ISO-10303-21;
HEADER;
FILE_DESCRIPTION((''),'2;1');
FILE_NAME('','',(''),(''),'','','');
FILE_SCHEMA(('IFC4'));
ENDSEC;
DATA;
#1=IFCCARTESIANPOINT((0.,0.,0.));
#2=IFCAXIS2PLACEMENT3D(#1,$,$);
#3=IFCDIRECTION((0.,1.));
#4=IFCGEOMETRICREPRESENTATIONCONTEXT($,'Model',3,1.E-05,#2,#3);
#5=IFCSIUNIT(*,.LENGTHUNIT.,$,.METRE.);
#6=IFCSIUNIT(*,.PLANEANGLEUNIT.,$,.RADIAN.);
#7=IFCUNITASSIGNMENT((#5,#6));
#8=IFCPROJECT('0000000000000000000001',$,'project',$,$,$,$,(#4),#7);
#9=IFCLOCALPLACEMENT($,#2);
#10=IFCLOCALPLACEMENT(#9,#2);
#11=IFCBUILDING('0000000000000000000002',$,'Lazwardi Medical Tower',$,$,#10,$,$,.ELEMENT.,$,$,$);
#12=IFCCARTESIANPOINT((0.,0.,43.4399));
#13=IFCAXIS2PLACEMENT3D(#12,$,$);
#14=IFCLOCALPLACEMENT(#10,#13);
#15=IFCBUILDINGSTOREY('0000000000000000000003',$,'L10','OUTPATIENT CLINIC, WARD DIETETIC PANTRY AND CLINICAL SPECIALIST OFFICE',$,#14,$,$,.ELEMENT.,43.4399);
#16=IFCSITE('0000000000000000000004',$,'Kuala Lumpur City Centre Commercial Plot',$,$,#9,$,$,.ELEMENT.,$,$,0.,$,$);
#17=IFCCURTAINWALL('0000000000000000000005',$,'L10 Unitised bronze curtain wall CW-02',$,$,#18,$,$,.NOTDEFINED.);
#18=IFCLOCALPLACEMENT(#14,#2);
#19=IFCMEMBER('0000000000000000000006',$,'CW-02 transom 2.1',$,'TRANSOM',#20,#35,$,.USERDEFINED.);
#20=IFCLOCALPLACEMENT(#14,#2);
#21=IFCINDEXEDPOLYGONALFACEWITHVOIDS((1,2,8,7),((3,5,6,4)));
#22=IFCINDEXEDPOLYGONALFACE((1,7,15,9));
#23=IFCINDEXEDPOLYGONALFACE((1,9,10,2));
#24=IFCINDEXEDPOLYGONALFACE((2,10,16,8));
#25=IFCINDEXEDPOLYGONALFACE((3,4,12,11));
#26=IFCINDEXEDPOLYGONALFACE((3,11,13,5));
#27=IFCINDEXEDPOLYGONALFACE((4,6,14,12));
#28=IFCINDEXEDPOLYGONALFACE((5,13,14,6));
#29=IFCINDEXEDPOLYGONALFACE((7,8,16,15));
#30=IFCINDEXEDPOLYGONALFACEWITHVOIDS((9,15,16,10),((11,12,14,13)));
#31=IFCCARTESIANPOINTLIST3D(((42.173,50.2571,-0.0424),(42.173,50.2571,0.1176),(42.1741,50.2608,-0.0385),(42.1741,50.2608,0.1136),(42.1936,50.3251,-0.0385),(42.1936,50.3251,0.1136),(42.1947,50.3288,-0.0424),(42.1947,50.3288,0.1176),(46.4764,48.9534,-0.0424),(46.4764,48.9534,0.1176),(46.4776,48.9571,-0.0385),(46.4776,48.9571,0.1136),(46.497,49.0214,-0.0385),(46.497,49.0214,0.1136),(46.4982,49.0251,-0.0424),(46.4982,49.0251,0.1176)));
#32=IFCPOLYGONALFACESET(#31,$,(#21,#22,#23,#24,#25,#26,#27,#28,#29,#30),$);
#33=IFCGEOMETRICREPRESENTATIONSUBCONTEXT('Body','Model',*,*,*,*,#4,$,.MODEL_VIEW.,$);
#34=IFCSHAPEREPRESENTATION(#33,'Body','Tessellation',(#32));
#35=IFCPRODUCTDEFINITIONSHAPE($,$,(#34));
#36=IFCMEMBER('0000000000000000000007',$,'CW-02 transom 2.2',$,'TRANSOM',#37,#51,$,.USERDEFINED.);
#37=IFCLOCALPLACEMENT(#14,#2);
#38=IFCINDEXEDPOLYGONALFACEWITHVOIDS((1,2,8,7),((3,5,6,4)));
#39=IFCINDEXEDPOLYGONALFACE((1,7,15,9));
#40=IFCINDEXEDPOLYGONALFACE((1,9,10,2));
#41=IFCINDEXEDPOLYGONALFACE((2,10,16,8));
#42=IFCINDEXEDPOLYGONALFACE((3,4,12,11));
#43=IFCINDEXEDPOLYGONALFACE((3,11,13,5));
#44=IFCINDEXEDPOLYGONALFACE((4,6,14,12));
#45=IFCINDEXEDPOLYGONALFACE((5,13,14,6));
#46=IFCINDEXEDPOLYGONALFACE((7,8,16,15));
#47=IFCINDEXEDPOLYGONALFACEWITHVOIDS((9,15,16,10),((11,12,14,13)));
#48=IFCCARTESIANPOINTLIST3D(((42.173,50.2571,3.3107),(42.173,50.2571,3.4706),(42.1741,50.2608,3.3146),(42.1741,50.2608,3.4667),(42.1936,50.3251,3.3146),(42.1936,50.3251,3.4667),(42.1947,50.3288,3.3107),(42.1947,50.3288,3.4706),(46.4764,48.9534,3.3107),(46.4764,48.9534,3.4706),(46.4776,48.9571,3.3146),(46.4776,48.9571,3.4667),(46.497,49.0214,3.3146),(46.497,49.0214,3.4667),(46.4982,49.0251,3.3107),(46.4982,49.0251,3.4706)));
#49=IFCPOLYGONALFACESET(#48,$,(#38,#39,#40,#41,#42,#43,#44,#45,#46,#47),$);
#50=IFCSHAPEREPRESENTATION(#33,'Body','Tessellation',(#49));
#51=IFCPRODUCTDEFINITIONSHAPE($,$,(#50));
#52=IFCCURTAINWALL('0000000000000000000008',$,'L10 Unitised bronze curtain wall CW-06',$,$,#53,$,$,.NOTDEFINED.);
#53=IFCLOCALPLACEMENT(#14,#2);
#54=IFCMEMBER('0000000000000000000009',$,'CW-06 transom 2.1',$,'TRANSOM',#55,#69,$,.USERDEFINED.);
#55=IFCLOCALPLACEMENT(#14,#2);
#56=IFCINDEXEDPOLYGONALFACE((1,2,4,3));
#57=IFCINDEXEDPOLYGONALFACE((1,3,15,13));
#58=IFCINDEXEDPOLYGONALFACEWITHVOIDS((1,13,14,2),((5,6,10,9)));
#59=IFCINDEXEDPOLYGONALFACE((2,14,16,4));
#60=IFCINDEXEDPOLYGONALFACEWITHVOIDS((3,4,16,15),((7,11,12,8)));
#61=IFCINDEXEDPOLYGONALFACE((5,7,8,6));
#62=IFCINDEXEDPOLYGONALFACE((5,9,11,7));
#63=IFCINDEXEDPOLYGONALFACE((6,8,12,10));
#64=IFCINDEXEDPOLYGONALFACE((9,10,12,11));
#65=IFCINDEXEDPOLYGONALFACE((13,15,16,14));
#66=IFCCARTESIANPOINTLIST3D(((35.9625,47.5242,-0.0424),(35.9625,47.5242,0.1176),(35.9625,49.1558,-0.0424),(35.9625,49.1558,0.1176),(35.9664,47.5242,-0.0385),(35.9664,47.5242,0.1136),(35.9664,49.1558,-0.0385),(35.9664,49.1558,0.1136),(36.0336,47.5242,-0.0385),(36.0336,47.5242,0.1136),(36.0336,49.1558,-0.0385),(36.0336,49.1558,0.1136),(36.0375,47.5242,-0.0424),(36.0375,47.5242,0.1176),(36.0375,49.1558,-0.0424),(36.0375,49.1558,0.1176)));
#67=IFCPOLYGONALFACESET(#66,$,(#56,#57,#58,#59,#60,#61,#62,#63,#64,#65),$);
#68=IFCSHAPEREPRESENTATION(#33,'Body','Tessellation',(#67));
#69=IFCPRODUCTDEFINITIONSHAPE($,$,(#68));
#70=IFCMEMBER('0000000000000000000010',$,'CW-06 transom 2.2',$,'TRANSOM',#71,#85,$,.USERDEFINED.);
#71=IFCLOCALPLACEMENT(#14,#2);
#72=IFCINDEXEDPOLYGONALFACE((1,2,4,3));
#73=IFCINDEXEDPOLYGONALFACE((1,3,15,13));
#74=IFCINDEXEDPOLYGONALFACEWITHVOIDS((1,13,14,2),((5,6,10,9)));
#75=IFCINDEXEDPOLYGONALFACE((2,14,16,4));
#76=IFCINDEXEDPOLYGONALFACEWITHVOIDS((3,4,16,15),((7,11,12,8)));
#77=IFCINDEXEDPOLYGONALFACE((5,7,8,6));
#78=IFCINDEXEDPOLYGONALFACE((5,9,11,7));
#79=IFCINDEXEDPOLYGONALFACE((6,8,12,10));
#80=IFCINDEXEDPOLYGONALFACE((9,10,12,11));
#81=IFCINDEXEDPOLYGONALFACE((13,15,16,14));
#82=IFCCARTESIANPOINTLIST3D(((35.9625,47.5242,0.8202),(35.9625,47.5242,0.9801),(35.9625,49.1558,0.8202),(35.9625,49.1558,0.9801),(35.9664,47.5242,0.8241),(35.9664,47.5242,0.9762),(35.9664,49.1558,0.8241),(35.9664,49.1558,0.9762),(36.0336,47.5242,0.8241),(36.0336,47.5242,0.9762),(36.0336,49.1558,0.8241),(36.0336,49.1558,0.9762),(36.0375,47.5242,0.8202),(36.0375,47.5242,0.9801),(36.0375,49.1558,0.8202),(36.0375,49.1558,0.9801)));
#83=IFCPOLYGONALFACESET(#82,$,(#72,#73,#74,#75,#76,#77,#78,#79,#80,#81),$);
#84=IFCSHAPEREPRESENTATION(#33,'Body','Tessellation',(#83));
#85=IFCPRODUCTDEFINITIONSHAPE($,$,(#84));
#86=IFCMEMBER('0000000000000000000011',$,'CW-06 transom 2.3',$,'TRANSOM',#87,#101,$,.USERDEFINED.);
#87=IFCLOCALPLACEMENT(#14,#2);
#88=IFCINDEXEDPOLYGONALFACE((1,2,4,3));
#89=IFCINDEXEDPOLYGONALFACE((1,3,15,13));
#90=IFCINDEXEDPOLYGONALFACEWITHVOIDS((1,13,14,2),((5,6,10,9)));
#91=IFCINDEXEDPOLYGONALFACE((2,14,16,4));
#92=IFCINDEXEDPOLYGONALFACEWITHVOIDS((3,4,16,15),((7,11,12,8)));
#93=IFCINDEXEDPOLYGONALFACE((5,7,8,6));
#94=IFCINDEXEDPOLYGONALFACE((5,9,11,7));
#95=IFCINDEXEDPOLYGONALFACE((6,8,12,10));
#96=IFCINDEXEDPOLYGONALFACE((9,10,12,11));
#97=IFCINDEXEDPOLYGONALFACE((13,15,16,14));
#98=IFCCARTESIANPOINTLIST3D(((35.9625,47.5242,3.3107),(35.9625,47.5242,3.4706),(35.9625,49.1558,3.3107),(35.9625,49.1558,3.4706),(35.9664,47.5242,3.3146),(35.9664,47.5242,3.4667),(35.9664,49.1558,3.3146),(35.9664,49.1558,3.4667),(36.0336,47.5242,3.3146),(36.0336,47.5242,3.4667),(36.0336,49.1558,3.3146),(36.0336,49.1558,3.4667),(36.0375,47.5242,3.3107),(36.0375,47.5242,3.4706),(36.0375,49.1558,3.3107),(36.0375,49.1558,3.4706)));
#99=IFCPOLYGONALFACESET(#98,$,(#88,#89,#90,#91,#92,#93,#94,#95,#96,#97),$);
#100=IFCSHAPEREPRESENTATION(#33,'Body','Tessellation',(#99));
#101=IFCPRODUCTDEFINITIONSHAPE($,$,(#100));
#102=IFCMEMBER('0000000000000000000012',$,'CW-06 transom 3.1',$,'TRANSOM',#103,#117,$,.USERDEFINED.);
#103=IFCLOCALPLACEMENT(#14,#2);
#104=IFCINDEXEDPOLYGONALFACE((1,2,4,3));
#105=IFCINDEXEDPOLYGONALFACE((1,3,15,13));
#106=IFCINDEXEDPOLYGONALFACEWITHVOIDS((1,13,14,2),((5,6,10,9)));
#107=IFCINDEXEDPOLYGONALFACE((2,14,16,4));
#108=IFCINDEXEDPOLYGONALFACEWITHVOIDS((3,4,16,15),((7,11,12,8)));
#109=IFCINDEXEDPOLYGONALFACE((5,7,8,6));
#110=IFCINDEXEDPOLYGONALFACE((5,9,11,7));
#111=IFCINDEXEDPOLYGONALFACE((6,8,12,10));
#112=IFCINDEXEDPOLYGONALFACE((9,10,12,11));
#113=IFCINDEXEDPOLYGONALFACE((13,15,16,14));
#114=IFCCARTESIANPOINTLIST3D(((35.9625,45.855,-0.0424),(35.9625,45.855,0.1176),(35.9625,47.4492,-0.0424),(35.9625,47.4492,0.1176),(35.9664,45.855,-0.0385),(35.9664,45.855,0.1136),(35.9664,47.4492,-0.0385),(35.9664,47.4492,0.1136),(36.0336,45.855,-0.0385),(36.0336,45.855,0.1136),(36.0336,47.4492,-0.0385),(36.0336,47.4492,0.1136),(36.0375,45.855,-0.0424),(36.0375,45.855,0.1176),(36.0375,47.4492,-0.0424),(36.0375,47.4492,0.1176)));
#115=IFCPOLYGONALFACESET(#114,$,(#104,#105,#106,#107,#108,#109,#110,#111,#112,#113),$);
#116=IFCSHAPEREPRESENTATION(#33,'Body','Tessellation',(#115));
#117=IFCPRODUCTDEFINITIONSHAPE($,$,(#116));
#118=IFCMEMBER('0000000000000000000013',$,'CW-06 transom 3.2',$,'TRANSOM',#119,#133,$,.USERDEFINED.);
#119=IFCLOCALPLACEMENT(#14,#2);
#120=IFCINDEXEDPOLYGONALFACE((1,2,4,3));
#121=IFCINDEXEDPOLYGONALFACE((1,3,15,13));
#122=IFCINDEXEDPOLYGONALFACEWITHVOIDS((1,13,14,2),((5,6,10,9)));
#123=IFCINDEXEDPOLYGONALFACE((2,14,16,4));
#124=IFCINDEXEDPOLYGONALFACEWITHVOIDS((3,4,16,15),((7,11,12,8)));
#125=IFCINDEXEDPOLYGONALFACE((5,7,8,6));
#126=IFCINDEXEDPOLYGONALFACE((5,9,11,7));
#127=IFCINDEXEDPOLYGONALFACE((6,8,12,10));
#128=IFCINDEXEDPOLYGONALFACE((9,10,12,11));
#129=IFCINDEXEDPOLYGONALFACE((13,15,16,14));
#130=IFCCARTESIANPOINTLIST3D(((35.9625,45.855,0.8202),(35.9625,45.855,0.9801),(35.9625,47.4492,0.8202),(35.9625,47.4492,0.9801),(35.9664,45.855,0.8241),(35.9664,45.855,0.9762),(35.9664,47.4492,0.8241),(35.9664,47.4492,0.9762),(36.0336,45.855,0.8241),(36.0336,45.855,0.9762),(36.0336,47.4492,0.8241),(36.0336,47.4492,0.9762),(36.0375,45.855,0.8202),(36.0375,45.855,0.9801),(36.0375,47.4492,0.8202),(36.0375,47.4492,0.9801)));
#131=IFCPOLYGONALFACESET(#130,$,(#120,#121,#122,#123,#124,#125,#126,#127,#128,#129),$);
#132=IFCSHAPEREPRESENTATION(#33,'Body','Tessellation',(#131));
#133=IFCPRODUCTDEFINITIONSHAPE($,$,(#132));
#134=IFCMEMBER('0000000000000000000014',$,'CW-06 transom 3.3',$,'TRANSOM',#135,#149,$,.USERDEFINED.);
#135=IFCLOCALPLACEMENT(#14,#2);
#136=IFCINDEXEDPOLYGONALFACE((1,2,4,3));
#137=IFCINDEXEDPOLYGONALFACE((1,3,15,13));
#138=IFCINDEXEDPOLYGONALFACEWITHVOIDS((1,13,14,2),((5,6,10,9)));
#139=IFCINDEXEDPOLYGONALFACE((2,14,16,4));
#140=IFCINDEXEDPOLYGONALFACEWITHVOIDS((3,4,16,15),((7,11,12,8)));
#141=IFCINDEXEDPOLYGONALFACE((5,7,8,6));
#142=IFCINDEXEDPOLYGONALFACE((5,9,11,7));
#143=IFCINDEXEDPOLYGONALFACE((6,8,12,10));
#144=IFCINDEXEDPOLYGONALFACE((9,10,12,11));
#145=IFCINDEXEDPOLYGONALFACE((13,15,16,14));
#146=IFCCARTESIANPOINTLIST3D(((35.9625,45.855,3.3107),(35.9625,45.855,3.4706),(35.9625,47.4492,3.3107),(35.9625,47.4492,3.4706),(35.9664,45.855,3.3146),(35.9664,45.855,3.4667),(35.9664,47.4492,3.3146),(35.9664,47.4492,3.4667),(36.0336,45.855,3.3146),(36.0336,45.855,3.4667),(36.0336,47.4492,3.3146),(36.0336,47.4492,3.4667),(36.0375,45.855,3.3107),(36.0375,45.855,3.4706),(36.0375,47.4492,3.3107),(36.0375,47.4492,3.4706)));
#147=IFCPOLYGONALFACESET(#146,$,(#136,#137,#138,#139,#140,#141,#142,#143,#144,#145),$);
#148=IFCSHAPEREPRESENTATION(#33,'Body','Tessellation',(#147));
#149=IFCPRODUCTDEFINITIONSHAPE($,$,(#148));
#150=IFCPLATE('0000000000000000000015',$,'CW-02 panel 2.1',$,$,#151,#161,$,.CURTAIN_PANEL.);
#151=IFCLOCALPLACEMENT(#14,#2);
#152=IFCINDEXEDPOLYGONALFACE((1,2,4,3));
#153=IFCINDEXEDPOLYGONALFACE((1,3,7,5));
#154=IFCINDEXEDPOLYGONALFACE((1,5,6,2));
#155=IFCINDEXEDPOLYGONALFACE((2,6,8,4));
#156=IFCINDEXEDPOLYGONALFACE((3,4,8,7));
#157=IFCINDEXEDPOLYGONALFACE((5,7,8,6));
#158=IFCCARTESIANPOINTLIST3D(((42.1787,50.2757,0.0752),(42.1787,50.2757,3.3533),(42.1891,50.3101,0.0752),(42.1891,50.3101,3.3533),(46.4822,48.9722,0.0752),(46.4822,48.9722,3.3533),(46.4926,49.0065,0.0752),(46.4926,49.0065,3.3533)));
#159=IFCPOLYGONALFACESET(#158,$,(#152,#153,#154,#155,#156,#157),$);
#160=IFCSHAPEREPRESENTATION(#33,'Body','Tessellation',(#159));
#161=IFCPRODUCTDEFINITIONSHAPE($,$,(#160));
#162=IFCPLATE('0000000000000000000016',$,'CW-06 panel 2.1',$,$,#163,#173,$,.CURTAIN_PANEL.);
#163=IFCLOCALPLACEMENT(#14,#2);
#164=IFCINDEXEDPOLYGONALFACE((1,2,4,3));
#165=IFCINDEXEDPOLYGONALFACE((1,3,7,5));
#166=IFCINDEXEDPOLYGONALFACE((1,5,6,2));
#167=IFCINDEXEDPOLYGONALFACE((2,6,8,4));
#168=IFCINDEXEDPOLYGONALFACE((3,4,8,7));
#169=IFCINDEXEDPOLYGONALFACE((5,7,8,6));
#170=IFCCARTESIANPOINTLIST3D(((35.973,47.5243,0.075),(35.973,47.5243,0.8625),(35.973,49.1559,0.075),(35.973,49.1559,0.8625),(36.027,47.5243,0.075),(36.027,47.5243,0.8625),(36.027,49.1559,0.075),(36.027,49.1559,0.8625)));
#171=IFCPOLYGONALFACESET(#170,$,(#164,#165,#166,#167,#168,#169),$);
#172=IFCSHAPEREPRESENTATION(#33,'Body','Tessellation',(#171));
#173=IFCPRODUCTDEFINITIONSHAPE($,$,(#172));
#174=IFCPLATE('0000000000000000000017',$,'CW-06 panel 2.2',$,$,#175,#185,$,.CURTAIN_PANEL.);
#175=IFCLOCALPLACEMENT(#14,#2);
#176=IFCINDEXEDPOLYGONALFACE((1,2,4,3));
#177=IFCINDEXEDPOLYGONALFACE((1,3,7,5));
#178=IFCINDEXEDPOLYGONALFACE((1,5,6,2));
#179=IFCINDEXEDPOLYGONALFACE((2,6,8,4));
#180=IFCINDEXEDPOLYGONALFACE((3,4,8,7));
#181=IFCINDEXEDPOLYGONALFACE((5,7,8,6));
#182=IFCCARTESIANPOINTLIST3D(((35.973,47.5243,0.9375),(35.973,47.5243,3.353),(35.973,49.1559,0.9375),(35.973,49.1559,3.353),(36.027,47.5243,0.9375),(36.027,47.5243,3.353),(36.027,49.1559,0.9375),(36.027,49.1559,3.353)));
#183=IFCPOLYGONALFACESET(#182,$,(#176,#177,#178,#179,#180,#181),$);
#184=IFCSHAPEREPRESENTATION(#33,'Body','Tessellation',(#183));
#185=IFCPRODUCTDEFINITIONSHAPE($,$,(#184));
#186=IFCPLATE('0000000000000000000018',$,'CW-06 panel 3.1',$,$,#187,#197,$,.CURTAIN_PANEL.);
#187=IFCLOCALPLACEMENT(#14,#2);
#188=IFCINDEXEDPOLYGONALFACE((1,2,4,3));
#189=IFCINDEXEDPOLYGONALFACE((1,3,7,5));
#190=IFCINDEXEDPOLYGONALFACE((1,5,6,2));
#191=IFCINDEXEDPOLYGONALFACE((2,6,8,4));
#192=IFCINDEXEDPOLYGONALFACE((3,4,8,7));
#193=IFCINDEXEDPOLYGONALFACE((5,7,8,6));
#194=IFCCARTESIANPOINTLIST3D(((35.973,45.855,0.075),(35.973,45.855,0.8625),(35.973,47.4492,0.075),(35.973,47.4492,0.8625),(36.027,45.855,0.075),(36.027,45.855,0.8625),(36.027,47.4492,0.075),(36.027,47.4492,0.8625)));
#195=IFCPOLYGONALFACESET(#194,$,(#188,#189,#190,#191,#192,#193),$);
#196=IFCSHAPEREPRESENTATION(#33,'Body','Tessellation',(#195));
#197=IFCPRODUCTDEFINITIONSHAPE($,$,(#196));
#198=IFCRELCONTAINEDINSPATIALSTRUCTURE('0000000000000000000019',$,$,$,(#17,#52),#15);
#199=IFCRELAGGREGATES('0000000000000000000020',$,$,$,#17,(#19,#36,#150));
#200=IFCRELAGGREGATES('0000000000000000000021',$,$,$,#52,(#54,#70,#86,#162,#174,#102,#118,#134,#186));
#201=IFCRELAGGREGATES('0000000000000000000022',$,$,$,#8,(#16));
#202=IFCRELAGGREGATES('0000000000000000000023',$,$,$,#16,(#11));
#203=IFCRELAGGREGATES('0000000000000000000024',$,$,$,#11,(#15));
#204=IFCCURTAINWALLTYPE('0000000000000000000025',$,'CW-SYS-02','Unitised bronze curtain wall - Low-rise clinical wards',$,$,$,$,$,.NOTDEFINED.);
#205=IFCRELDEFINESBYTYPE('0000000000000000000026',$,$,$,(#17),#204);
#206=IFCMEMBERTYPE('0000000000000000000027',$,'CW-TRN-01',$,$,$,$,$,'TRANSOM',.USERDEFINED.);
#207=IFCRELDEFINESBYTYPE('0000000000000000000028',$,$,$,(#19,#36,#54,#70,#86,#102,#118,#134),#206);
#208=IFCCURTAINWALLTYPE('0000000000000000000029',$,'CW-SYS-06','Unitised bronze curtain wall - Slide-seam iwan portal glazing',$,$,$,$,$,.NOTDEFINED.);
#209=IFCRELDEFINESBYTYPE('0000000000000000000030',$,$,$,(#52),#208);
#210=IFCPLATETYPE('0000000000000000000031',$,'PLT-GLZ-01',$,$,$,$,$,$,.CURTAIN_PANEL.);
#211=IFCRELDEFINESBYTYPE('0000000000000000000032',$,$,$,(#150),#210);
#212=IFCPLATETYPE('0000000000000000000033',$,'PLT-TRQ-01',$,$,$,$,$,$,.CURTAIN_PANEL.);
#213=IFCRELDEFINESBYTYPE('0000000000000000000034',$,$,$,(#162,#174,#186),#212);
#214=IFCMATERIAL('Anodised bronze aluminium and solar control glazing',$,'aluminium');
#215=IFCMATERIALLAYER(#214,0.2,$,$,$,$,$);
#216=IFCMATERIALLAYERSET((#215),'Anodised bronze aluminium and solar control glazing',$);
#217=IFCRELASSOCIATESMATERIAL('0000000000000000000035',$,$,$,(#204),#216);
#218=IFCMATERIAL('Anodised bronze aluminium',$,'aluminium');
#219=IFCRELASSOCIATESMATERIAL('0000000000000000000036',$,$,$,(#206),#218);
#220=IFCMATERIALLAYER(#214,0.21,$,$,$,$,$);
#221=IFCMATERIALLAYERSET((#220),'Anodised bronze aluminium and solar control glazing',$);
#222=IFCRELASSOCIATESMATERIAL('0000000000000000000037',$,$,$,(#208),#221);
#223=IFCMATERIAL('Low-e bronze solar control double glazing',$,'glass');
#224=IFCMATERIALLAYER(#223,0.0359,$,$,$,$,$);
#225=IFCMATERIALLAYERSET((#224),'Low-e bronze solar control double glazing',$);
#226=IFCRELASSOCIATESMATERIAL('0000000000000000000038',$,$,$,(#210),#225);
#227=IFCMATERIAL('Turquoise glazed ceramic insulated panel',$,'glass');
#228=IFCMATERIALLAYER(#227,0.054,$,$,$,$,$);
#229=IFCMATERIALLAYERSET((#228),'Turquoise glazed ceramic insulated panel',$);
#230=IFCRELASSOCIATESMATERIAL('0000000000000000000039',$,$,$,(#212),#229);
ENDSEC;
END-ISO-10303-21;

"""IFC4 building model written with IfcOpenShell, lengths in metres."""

from ifc_helpers import new_model, si_unit, direction, frame, origin, origin_2d, place, context, subcontext, project, spatial, rectangle, hollow_rectangle, extrude, material, layer, layer_set, material_profile, profile_set, type_object, element, aggregate, save


model = new_model("IFC4")

# Units and contexts
model_context = context("Model", 3, precision=1e-05, world=origin(), true_north=direction((0.0, 1.0)))
body_context = subcontext(model_context, "Body", "Model", "MODEL_VIEW")
ifc_project = project(units=[si_unit("LENGTHUNIT", "METRE"), si_unit("PLANEANGLEUNIT", "RADIAN")], contexts=[model_context])

# Site, building, storey
site_placement = place(None, origin())
site = spatial("IfcSite", under=ifc_project, at=site_placement, Name="Kuala Lumpur City Centre Commercial Plot", CompositionType="ELEMENT", RefElevation=0.0)
building_placement = place(site_placement, origin())
building = spatial("IfcBuilding", under=site, at=building_placement, Name="Lazwardi Medical Tower", CompositionType="ELEMENT")
storey_placement = place(building_placement, frame((0.0, 0.0, 43.4399)))
storey = spatial("IfcBuildingStorey", under=building, at=storey_placement, Name="L10", Description="OUTPATIENT CLINIC, WARD DIETETIC PANTRY AND CLINICAL SPECIALIST OFFICE", CompositionType="ELEMENT", Elevation=43.4399)

# Curtain walls, members
ifc_material_1 = material(Name="Anodised bronze aluminium and solar control glazing", Category="aluminium")
ifc_layer_1 = layer(ifc_material_1, 0.2)
ifc_layer_set_1 = layer_set([ifc_layer_1], Name="Anodised bronze aluminium and solar control glazing")
curtain_wall_type_1 = type_object("IfcCurtainWallType", Name="CW-SYS-02", Description="Unitised bronze curtain wall - Low-rise clinical wards", PredefinedType="NOTDEFINED", material=ifc_layer_set_1)
curtain_wall_1_placement = place(storey_placement, origin())
curtain_wall_1 = element("IfcCurtainWall", 1, at=curtain_wall_1_placement, inside=storey, type_object=curtain_wall_type_1, Name="L10 Unitised bronze curtain wall CW-02", PredefinedType="NOTDEFINED")
ifc_material_2 = material(Name="Anodised bronze aluminium", Category="aluminium")
ifc_material_profile_1 = material_profile(ifc_material_2, hollow_rectangle(XDim=0.075, YDim=0.1599, WallThickness=0.0039, at=origin_2d()), Name="ALU-TRANSOM 160x75x4")
ifc_profile_set_1 = profile_set([ifc_material_profile_1], Name="Anodised bronze aluminium")
member_type_1 = type_object("IfcMemberType", Name="CW-TRN-01", ElementType="TRANSOM", PredefinedType="USERDEFINED", material=ifc_profile_set_1)
member_1_placement = place(storey_placement, frame((46.4873, 48.9893, 0.0376), z_axis=(-0.957047, 0.289932, 0.0), x_axis=(-0.289932, -0.957047, 0.0)))
member_1 = element("IfcMember", 2, at=member_1_placement, type_object=member_type_1, Name="CW-02 transom 2.1", ObjectType="TRANSOM", PredefinedType="USERDEFINED", context=body_context, shape_type="SweptSolid", body=[
    extrude(hollow_rectangle(XDim=0.075, YDim=0.1599, WallThickness=0.0039, at=origin_2d()), origin(), (0.0, 0.0, 1.0), 4.4966),
])
member_2_placement = place(storey_placement, frame((46.4873, 48.9893, 3.3906), z_axis=(-0.957047, 0.289932, 0.0), x_axis=(-0.289932, -0.957047, 0.0)))
member_2 = element("IfcMember", 3, at=member_2_placement, type_object=member_type_1, Name="CW-02 transom 2.2", ObjectType="TRANSOM", PredefinedType="USERDEFINED", context=body_context, shape_type="SweptSolid", body=[
    extrude(hollow_rectangle(XDim=0.075, YDim=0.1599, WallThickness=0.0039, at=origin_2d()), origin(), (0.0, 0.0, 1.0), 4.4966),
])
ifc_layer_2 = layer(ifc_material_1, 0.21)
ifc_layer_set_2 = layer_set([ifc_layer_2], Name="Anodised bronze aluminium and solar control glazing")
curtain_wall_type_2 = type_object("IfcCurtainWallType", Name="CW-SYS-06", Description="Unitised bronze curtain wall - Slide-seam iwan portal glazing", PredefinedType="NOTDEFINED", material=ifc_layer_set_2)
curtain_wall_2_placement = place(storey_placement, origin())
curtain_wall_2 = element("IfcCurtainWall", 4, at=curtain_wall_2_placement, inside=storey, type_object=curtain_wall_type_2, Name="L10 Unitised bronze curtain wall CW-06", PredefinedType="NOTDEFINED")
member_3_placement = place(storey_placement, frame((36.0, 49.1558, 0.0376), z_axis=(0.0, -1.0, 0.0), x_axis=(1.0, 0.0, 0.0)))
member_3 = element("IfcMember", 5, at=member_3_placement, type_object=member_type_1, Name="CW-06 transom 2.1", ObjectType="TRANSOM", PredefinedType="USERDEFINED", context=body_context, shape_type="SweptSolid", body=[
    extrude(hollow_rectangle(XDim=0.075, YDim=0.1599, WallThickness=0.0039, at=origin_2d()), origin(), (0.0, 0.0, 1.0), 1.6316),
])
member_4_placement = place(storey_placement, frame((36.0, 49.1558, 0.9001), z_axis=(0.0, -1.0, 0.0), x_axis=(1.0, 0.0, 0.0)))
member_4 = element("IfcMember", 6, at=member_4_placement, type_object=member_type_1, Name="CW-06 transom 2.2", ObjectType="TRANSOM", PredefinedType="USERDEFINED", context=body_context, shape_type="SweptSolid", body=[
    extrude(hollow_rectangle(XDim=0.075, YDim=0.1599, WallThickness=0.0039, at=origin_2d()), origin(), (0.0, 0.0, 1.0), 1.6316),
])
member_5_placement = place(storey_placement, frame((36.0, 49.1558, 3.3906), z_axis=(0.0, -1.0, 0.0), x_axis=(1.0, 0.0, 0.0)))
member_5 = element("IfcMember", 7, at=member_5_placement, type_object=member_type_1, Name="CW-06 transom 2.3", ObjectType="TRANSOM", PredefinedType="USERDEFINED", context=body_context, shape_type="SweptSolid", body=[
    extrude(hollow_rectangle(XDim=0.075, YDim=0.1599, WallThickness=0.0039, at=origin_2d()), origin(), (0.0, 0.0, 1.0), 1.6316),
])
member_6_placement = place(storey_placement, frame((36.0, 47.4492, 0.0376), z_axis=(0.0, -1.0, 0.0), x_axis=(1.0, 0.0, 0.0)))
member_6 = element("IfcMember", 8, at=member_6_placement, type_object=member_type_1, Name="CW-06 transom 3.1", ObjectType="TRANSOM", PredefinedType="USERDEFINED", context=body_context, shape_type="SweptSolid", body=[
    extrude(hollow_rectangle(XDim=0.075, YDim=0.1599, WallThickness=0.0039, at=origin_2d()), origin(), (0.0, 0.0, 1.0), 1.5942),
])
member_7_placement = place(storey_placement, frame((36.0, 47.4492, 0.9001), z_axis=(0.0, -1.0, 0.0), x_axis=(1.0, 0.0, 0.0)))
member_7 = element("IfcMember", 9, at=member_7_placement, type_object=member_type_1, Name="CW-06 transom 3.2", ObjectType="TRANSOM", PredefinedType="USERDEFINED", context=body_context, shape_type="SweptSolid", body=[
    extrude(hollow_rectangle(XDim=0.075, YDim=0.1599, WallThickness=0.0039, at=origin_2d()), origin(), (0.0, 0.0, 1.0), 1.5942),
])
member_8_placement = place(storey_placement, frame((36.0, 47.4492, 3.3906), z_axis=(0.0, -1.0, 0.0), x_axis=(1.0, 0.0, 0.0)))
member_8 = element("IfcMember", 10, at=member_8_placement, type_object=member_type_1, Name="CW-06 transom 3.3", ObjectType="TRANSOM", PredefinedType="USERDEFINED", context=body_context, shape_type="SweptSolid", body=[
    extrude(hollow_rectangle(XDim=0.075, YDim=0.1599, WallThickness=0.0039, at=origin_2d()), origin(), (0.0, 0.0, 1.0), 1.5942),
])

# Plates
ifc_material_3 = material(Name="Low-e bronze solar control double glazing", Category="glass")
ifc_layer_3 = layer(ifc_material_3, 0.0359)
ifc_layer_set_3 = layer_set([ifc_layer_3], Name="Low-e bronze solar control double glazing")
plate_type_1 = type_object("IfcPlateType", Name="PLT-GLZ-01", PredefinedType="CURTAIN_PANEL", material=ifc_layer_set_3)
plate_1_placement = place(storey_placement, frame((44.3357, 49.6411, 0.0752), z_axis=(0.0, 0.0, 1.0), x_axis=(-0.957058, 0.289896, 0.0)))
plate_1 = element("IfcPlate", 11, at=plate_1_placement, type_object=plate_type_1, Name="CW-02 panel 2.1", PredefinedType="CURTAIN_PANEL", context=body_context, shape_type="SweptSolid", body=[
    extrude(rectangle(XDim=4.4966, YDim=0.0359, at=origin_2d()), origin(), (0.0, 0.0, 1.0), 3.2781),
])
aggregate(curtain_wall_1, [member_1, member_2, plate_1])
ifc_material_4 = material(Name="Turquoise glazed ceramic insulated panel", Category="glass")
ifc_layer_4 = layer(ifc_material_4, 0.054)
ifc_layer_set_4 = layer_set([ifc_layer_4], Name="Turquoise glazed ceramic insulated panel")
plate_type_2 = type_object("IfcPlateType", Name="PLT-TRQ-01", PredefinedType="CURTAIN_PANEL", material=ifc_layer_set_4)
plate_2_placement = place(storey_placement, frame((36.0, 48.3401, 0.075), z_axis=(0.0, 0.0, 1.0), x_axis=(0.0, -1.0, 0.0)))
plate_2 = element("IfcPlate", 12, at=plate_2_placement, type_object=plate_type_2, Name="CW-06 panel 2.1", PredefinedType="CURTAIN_PANEL", context=body_context, shape_type="SweptSolid", body=[
    extrude(rectangle(XDim=1.6316, YDim=0.054, at=origin_2d()), origin(), (0.0, 0.0, 1.0), 0.7876),
])
plate_3_placement = place(storey_placement, frame((36.0, 48.3401, 0.9375), z_axis=(0.0, 0.0, 1.0), x_axis=(0.0, -1.0, 0.0)))
plate_3 = element("IfcPlate", 13, at=plate_3_placement, type_object=plate_type_2, Name="CW-06 panel 2.2", PredefinedType="CURTAIN_PANEL", context=body_context, shape_type="SweptSolid", body=[
    extrude(rectangle(XDim=1.6316, YDim=0.054, at=origin_2d()), origin(), (0.0, 0.0, 1.0), 2.4155),
])
plate_4_placement = place(storey_placement, frame((36.0, 46.6521, 0.075), z_axis=(0.0, 0.0, 1.0), x_axis=(0.0, -1.0, 0.0)))
plate_4 = element("IfcPlate", 14, at=plate_4_placement, type_object=plate_type_2, Name="CW-06 panel 3.1", PredefinedType="CURTAIN_PANEL", context=body_context, shape_type="SweptSolid", body=[
    extrude(rectangle(XDim=1.5942, YDim=0.054, at=origin_2d()), origin(), (0.0, 0.0, 1.0), 0.7876),
])
aggregate(curtain_wall_2, [member_3, member_4, member_5, plate_2, plate_3, member_6, member_7, member_8, plate_4])

save(model, "model.ifc")
